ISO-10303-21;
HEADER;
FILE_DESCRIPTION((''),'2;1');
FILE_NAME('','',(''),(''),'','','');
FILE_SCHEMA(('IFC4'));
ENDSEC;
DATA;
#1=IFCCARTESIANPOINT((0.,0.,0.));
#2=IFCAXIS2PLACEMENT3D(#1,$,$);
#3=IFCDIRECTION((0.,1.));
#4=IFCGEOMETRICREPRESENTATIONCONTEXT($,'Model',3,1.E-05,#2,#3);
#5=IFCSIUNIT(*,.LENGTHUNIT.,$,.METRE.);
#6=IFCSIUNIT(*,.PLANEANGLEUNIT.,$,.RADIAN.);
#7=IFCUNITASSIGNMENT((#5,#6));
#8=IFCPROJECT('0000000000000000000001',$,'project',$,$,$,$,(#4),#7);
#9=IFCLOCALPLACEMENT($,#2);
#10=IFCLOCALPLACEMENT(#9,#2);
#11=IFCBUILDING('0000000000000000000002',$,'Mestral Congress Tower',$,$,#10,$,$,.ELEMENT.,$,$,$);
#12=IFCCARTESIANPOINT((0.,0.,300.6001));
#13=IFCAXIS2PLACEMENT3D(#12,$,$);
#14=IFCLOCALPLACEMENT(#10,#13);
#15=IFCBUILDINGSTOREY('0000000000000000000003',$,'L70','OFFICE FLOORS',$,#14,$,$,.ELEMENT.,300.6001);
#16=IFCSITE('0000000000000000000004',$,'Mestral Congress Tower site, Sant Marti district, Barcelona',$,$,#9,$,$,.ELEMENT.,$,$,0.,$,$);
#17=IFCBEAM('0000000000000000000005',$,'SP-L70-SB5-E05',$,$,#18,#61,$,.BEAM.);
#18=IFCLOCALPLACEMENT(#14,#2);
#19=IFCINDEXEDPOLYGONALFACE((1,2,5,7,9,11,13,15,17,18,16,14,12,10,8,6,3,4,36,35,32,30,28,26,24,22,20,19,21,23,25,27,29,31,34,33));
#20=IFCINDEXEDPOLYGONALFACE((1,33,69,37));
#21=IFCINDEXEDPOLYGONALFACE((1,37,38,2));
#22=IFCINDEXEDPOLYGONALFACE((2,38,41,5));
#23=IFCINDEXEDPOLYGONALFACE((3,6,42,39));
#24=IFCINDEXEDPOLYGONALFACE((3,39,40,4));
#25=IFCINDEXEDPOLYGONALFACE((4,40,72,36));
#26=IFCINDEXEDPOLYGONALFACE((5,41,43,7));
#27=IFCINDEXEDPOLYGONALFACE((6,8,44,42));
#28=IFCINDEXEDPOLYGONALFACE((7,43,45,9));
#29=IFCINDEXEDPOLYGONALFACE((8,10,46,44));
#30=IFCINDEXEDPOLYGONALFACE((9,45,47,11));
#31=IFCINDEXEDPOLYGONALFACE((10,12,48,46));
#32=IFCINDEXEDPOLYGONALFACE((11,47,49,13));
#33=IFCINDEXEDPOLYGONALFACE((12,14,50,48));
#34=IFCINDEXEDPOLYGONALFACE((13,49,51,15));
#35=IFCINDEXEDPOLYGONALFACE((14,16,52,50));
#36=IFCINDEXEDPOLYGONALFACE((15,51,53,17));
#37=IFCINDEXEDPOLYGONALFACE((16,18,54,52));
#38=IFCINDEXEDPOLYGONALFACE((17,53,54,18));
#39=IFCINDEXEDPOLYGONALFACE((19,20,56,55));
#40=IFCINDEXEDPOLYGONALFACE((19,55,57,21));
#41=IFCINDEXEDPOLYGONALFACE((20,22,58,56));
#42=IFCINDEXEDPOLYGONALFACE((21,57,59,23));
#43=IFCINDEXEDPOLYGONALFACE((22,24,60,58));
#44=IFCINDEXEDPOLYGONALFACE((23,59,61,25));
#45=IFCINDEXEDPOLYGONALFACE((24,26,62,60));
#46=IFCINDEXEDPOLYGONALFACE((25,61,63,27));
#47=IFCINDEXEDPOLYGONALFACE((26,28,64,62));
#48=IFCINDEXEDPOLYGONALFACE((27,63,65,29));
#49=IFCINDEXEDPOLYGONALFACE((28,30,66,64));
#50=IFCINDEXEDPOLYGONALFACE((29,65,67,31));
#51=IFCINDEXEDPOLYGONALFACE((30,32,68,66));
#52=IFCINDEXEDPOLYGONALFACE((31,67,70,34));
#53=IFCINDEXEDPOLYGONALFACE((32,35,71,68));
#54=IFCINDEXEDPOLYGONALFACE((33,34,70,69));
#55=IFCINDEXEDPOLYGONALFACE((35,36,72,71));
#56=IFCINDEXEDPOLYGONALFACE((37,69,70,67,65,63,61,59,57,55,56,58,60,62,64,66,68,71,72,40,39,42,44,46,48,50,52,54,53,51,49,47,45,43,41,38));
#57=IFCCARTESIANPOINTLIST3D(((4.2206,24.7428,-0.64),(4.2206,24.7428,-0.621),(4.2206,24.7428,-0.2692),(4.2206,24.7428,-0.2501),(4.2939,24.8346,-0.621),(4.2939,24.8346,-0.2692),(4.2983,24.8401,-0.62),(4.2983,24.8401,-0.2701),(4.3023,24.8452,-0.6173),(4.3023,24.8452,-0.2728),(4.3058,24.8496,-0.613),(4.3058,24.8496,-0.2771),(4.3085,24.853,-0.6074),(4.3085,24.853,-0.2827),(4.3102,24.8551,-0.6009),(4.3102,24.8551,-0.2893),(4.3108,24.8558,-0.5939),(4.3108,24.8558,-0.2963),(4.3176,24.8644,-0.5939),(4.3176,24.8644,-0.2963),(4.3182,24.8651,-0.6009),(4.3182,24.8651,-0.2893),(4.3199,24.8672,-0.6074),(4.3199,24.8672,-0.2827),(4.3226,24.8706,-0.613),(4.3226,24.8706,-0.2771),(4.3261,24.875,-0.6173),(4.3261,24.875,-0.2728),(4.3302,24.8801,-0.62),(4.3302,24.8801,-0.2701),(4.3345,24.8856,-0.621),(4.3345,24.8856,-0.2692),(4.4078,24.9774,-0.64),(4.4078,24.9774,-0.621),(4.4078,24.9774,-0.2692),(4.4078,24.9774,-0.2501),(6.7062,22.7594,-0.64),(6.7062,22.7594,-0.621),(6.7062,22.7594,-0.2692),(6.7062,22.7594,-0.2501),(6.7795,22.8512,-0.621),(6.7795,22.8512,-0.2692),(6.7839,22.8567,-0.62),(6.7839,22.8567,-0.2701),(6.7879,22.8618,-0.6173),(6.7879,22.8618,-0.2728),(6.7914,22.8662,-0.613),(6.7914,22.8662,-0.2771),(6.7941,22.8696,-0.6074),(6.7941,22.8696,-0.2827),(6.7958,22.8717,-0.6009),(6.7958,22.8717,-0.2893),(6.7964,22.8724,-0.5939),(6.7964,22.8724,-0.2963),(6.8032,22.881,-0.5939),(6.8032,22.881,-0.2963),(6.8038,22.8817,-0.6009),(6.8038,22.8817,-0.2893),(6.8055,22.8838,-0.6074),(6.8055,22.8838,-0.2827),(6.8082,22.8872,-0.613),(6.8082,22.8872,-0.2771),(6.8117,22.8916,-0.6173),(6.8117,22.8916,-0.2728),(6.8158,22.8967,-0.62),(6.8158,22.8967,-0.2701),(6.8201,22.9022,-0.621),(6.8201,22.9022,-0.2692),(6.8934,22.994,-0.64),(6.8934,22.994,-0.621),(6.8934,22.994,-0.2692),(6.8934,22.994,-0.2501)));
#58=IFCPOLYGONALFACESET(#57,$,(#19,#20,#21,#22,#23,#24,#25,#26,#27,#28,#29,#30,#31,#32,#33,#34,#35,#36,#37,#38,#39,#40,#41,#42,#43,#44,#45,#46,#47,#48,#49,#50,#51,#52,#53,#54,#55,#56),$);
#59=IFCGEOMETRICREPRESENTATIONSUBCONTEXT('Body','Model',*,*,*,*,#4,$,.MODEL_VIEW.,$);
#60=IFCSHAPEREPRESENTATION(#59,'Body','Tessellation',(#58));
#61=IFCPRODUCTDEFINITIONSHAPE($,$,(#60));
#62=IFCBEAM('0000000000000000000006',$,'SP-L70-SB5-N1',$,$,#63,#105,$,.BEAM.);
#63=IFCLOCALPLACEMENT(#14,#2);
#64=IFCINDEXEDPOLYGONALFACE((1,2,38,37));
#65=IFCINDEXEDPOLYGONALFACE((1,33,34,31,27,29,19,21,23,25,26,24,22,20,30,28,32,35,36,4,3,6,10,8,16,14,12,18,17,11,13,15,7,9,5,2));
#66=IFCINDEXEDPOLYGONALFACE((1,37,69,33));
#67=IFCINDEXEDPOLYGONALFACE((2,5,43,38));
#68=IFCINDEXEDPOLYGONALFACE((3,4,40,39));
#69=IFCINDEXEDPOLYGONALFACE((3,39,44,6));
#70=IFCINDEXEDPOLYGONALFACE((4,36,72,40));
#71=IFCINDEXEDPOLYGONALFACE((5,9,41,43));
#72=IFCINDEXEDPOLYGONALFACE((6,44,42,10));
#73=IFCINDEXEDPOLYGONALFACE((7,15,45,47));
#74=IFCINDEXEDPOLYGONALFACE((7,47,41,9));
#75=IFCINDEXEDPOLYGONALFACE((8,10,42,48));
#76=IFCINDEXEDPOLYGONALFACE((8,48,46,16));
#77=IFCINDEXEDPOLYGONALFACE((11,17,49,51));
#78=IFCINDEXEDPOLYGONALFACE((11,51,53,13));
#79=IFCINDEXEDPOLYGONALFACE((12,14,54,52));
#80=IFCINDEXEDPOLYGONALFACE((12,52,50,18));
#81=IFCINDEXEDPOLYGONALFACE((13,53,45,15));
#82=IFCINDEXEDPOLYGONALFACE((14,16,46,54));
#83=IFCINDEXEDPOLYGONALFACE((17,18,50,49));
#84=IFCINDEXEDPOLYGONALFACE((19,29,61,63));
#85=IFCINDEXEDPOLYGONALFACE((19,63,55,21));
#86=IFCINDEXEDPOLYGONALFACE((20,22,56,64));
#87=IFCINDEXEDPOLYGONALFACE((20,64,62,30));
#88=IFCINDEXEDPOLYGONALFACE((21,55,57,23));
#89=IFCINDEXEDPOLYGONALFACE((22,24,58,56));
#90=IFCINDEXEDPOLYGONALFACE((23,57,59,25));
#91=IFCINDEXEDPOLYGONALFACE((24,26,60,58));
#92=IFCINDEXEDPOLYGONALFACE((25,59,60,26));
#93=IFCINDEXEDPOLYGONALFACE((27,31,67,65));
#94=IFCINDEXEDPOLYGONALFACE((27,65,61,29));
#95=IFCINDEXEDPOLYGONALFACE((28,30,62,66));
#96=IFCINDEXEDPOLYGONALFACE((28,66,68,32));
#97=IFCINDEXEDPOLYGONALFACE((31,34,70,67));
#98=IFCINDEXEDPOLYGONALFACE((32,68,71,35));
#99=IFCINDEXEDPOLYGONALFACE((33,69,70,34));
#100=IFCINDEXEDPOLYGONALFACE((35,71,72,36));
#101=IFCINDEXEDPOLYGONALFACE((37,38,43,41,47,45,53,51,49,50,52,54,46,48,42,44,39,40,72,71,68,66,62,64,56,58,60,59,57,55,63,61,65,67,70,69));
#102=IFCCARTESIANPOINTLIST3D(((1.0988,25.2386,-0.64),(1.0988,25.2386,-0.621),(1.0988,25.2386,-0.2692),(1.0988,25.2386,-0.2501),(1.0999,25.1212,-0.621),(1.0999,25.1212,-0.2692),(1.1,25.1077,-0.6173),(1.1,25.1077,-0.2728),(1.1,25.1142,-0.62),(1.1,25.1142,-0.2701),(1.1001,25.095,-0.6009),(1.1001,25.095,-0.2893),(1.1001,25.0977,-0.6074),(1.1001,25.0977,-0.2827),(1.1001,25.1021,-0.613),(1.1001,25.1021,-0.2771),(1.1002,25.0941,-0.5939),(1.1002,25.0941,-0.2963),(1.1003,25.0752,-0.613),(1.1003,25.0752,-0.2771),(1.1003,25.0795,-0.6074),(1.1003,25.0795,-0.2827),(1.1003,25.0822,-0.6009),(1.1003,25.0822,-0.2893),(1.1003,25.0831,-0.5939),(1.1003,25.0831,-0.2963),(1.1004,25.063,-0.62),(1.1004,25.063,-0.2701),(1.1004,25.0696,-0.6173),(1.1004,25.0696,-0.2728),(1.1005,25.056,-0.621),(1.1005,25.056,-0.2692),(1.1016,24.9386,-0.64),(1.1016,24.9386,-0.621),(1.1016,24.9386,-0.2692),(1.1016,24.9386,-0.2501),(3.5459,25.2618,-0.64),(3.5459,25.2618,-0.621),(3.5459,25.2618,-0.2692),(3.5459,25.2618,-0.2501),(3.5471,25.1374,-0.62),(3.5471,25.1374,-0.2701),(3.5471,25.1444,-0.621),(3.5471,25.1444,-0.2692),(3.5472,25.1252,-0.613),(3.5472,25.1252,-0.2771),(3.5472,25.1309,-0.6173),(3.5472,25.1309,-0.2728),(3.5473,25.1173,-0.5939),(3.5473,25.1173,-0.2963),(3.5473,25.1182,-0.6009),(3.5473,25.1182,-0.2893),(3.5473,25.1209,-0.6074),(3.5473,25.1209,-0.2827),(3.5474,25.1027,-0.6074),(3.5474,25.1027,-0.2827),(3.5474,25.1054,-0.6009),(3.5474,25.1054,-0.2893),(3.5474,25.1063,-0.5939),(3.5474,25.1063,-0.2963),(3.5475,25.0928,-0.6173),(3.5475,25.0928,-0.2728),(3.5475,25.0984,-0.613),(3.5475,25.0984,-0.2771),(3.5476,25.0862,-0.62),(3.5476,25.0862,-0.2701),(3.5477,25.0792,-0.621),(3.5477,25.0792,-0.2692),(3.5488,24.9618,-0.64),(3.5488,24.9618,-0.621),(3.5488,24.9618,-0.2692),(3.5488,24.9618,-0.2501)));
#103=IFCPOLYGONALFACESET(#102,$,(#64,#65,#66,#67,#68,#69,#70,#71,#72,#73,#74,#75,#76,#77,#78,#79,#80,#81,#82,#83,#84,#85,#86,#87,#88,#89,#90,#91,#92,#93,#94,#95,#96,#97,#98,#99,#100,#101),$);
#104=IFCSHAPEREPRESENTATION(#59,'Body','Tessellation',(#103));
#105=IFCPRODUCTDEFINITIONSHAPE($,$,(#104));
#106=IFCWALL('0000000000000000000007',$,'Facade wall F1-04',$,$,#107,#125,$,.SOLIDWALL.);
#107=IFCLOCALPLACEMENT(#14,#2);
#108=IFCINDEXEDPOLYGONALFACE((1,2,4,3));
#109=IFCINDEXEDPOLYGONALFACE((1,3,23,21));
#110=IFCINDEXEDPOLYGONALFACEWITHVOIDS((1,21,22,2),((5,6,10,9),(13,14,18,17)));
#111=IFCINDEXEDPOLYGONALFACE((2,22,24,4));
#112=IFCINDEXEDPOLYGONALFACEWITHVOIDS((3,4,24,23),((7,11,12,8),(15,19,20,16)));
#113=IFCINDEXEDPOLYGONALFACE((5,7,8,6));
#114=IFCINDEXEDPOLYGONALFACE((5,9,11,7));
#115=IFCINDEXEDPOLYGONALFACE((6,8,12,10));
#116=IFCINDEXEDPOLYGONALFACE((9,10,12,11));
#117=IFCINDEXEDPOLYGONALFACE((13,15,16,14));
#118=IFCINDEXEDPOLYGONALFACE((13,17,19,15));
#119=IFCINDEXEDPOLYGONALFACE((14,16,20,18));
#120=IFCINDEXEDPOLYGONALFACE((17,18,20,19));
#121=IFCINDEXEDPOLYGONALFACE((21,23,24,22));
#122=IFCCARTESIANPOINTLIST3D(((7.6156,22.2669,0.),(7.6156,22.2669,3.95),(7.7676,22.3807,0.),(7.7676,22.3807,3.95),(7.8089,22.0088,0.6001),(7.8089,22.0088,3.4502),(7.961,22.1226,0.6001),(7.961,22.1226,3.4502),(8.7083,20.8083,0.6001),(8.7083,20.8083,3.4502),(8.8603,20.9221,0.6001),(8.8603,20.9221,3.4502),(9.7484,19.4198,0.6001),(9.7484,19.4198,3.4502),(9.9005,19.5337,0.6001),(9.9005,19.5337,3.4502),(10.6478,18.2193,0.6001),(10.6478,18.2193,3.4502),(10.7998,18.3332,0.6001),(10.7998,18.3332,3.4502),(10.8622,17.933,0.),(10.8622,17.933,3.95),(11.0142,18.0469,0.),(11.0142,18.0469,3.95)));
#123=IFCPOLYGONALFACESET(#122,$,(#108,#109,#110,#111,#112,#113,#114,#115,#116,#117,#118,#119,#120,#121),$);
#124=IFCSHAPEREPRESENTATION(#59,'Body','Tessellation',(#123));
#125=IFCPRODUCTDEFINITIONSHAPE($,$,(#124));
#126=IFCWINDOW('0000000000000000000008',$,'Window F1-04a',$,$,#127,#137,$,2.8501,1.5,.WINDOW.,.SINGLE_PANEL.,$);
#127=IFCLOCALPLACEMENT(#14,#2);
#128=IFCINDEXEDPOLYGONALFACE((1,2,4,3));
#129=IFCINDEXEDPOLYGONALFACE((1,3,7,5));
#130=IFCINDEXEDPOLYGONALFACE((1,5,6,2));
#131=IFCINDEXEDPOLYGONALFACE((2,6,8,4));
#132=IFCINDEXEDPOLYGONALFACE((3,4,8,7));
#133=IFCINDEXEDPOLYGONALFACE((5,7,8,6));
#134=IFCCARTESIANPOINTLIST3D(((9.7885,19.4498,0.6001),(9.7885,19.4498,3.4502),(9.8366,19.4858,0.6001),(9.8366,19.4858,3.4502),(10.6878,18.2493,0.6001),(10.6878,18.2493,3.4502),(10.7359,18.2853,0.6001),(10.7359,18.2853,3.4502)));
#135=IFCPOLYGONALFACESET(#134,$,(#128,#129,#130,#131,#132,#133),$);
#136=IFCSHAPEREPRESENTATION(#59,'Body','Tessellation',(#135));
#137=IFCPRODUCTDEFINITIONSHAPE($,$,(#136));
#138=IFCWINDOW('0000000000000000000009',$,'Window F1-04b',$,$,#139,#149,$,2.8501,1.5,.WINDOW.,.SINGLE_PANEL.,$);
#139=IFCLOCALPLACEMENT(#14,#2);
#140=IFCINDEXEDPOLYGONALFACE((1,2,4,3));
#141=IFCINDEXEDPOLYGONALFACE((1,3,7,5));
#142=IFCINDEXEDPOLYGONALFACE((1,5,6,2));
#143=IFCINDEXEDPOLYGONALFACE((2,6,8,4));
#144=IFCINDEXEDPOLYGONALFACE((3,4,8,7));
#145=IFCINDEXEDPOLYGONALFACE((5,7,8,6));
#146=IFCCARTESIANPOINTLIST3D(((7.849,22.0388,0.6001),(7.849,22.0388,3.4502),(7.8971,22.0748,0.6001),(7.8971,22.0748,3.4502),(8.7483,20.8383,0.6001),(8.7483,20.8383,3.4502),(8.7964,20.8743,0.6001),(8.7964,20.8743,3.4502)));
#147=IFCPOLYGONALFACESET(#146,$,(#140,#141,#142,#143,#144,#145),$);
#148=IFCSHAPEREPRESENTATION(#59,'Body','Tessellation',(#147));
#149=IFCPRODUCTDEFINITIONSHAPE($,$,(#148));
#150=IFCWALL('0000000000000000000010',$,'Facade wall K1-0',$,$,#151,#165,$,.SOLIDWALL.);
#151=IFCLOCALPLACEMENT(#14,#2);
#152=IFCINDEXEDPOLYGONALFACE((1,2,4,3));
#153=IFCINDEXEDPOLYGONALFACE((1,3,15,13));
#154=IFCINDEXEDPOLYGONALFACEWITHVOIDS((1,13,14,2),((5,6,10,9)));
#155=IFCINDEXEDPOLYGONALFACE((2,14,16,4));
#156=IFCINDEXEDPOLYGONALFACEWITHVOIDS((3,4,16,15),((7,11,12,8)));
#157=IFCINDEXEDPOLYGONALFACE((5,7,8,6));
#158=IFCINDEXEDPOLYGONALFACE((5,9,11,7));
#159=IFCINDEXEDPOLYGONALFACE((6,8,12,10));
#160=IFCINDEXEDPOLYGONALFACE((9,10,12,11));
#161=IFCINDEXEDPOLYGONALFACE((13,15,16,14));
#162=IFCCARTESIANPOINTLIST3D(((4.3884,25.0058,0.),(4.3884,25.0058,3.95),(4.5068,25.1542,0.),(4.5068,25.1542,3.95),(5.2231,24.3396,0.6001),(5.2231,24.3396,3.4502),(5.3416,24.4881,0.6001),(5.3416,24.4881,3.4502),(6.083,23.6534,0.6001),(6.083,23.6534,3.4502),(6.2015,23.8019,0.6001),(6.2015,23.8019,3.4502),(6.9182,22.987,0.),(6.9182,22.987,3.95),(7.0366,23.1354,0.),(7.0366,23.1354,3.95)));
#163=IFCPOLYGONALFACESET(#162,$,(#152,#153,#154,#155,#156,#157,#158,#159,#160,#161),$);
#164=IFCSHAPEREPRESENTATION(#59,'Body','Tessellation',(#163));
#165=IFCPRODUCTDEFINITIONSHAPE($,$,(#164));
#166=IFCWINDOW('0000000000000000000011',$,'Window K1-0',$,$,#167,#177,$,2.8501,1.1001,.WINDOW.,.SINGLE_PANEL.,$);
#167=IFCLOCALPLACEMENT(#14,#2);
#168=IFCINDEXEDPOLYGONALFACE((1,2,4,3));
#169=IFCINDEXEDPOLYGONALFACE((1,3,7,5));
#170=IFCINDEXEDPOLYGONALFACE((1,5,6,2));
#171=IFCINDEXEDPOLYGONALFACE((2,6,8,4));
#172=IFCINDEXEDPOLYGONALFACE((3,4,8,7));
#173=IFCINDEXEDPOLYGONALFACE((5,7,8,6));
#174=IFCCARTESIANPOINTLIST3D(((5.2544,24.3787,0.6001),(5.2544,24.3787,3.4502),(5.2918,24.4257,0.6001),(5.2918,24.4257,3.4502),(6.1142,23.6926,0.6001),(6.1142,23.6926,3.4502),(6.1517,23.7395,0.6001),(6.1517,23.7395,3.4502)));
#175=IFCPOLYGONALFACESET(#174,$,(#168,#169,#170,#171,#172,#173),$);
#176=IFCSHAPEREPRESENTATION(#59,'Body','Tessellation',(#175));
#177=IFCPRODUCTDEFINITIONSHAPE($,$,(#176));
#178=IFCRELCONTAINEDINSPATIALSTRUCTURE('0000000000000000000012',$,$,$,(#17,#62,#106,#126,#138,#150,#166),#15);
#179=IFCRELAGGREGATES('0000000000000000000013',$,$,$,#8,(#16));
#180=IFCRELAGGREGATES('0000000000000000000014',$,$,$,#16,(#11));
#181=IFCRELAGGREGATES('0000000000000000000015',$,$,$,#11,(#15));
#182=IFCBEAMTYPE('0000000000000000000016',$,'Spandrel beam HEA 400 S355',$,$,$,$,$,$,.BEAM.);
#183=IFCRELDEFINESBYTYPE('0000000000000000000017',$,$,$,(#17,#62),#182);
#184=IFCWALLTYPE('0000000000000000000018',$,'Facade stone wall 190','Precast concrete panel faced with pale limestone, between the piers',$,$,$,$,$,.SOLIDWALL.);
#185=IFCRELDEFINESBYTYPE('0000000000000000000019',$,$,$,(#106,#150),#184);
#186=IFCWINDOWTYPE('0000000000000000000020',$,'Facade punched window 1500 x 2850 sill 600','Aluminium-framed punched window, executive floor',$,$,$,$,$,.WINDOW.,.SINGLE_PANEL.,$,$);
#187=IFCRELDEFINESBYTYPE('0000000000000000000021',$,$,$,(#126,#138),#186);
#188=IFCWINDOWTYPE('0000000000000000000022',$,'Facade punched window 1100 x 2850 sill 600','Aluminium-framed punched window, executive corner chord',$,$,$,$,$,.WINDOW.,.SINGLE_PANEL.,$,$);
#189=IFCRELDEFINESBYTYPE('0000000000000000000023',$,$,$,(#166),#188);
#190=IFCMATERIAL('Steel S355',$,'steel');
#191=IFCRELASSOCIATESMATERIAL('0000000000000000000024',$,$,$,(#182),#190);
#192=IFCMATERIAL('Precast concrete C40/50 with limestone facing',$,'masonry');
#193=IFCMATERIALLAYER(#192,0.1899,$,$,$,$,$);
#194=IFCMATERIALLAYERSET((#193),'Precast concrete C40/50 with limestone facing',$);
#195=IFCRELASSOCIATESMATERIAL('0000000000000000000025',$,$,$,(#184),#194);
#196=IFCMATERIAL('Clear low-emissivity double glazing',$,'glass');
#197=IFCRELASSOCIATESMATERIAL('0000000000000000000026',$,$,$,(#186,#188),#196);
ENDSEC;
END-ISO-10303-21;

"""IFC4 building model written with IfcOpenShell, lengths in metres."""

from ifc_helpers import new_model, si_unit, direction, frame, frame_2d, origin, origin_2d, place, context, subcontext, project, spatial, rectangle, i_section, extrude, material, layer, layer_set, material_profile, profile_set, type_object, element, fill, save


model = new_model("IFC4")

# Units and contexts
model_context = context("Model", 3, precision=1e-05, world=origin(), true_north=direction((0.0, 1.0)))
body_context = subcontext(model_context, "Body", "Model", "MODEL_VIEW")
ifc_project = project(units=[si_unit("LENGTHUNIT", "METRE"), si_unit("PLANEANGLEUNIT", "RADIAN")], contexts=[model_context])

# Site, building, storey
site_placement = place(None, origin())
site = spatial("IfcSite", under=ifc_project, at=site_placement, Name="Mestral Congress Tower site, Sant Marti district, Barcelona", CompositionType="ELEMENT", RefElevation=0.0)
building_placement = place(site_placement, origin())
building = spatial("IfcBuilding", under=site, at=building_placement, Name="Mestral Congress Tower", CompositionType="ELEMENT")
storey_placement = place(building_placement, frame((0.0, 0.0, 300.6001)))
storey = spatial("IfcBuildingStorey", under=building, at=storey_placement, Name="L70", Description="OFFICE FLOORS", CompositionType="ELEMENT", Elevation=300.6001)

# Beams
ifc_material_1 = material(Name="Steel S355", Category="steel")
ifc_material_profile_1 = material_profile(ifc_material_1, i_section(OverallWidth=0.3, OverallDepth=0.3899, WebThickness=0.011, FlangeThickness=0.019, FilletRadius=0.0271, at=origin_2d()), Name="HEA 400")
ifc_profile_set_1 = profile_set([ifc_material_profile_1], Name="Steel S355")
beam_type_1 = type_object("IfcBeamType", Name="Spandrel beam HEA 400 S355", PredefinedType="BEAM", material=ifc_profile_set_1)
beam_1_placement = place(storey_placement, frame((6.7998, 22.8767, -0.4451), z_axis=(-0.781647, 0.623721, 0.0), x_axis=(-0.623721, -0.781647, 0.0)))
element("IfcBeam", 1, at=beam_1_placement, inside=storey, type_object=beam_type_1, Name="SP-L70-SB5-E05", PredefinedType="BEAM", context=body_context, shape_type="SweptSolid", body=[
    extrude(i_section(OverallWidth=0.3, OverallDepth=0.3899, WebThickness=0.011, FlangeThickness=0.019, FilletRadius=0.0271, at=origin_2d()), origin(), (0.0, 0.0, 1.0), 3.1799),
])
beam_2_placement = place(storey_placement, frame((3.5474, 25.1118, -0.4451), z_axis=(-0.999955, -0.009477, 0.0), x_axis=(0.009477, -0.999955, 0.0)))
element("IfcBeam", 2, at=beam_2_placement, inside=storey, type_object=beam_type_1, Name="SP-L70-SB5-N1", PredefinedType="BEAM", context=body_context, shape_type="SweptSolid", body=[
    extrude(i_section(OverallWidth=0.3, OverallDepth=0.3899, WebThickness=0.011, FlangeThickness=0.019, FilletRadius=0.0271, at=origin_2d()), origin(), (0.0, 0.0, 1.0), 2.4473),
])

# Wall, openings, windows
ifc_material_2 = material(Name="Precast concrete C40/50 with limestone facing", Category="masonry")
ifc_layer_1 = layer(ifc_material_2, 0.1899)
ifc_layer_set_1 = layer_set([ifc_layer_1], Name="Precast concrete C40/50 with limestone facing")
wall_type_1 = type_object("IfcWallType", Name="Facade stone wall 190", Description="Precast concrete panel faced with pale limestone, between the piers", PredefinedType="SOLIDWALL", material=ifc_layer_set_1)
wall_1_placement = place(storey_placement, frame((10.9382, 17.99, 0.0), z_axis=(0.0, 0.0, 1.0), x_axis=(-0.59956, 0.80033, 0.0)))
wall_1 = element("IfcWall", 3, at=wall_1_placement, inside=storey, type_object=wall_type_1, Name="Facade wall F1-04", PredefinedType="SOLIDWALL", context=body_context, shape_type="SweptSolid", body=[
    extrude(rectangle(XDim=5.415, YDim=0.1899, at=frame_2d((2.7075, 0.0))), origin(), (0.0, 0.0, 1.0), 3.95),
])
opening_1_placement = place(wall_1_placement, frame((0.3577, 0.0, 0.6001)))
opening_1 = element("IfcOpeningElement", 4, at=opening_1_placement, cuts=wall_1, PredefinedType="OPENING", context=body_context, shape_type="SweptSolid", body=[
    extrude(rectangle(XDim=1.5, YDim=2.8501, at=frame_2d((0.75, 1.425))), frame((0.0, 0.105, 0.0), z_axis=(0.0, -1.0, 0.0), x_axis=(1.0, 0.0, 0.0)), (0.0, 0.0, 1.0), 0.21),
])
opening_2_placement = place(wall_1_placement, frame((3.5925, 0.0, 0.6001)))
opening_2 = element("IfcOpeningElement", 5, at=opening_2_placement, cuts=wall_1, PredefinedType="OPENING", context=body_context, shape_type="SweptSolid", body=[
    extrude(rectangle(XDim=1.5, YDim=2.8501, at=frame_2d((0.75, 1.425))), frame((0.0, 0.105, 0.0), z_axis=(0.0, -1.0, 0.0), x_axis=(1.0, 0.0, 0.0)), (0.0, 0.0, 1.0), 0.21),
])
ifc_material_3 = material(Name="Clear low-emissivity double glazing", Category="glass")
window_type_1 = type_object("IfcWindowType", Name="Facade punched window 1500 x 2850 sill 600", Description="Aluminium-framed punched window, executive floor", PartitioningType="SINGLE_PANEL", PredefinedType="WINDOW", material=ifc_material_3)
window_1_placement = place(opening_1_placement, origin())
window_1 = element("IfcWindow", 6, at=window_1_placement, inside=storey, type_object=window_type_1, Name="Window F1-04a", OverallHeight=2.8501, OverallWidth=1.5, PartitioningType="SINGLE_PANEL", PredefinedType="WINDOW", context=body_context, shape_type="SweptSolid", body=[
    extrude(rectangle(XDim=1.5, YDim=2.8501, at=frame_2d((0.75, 1.425))), frame((0.0, 0.0449, 0.0), z_axis=(0.0, -1.0, 0.0), x_axis=(1.0, 0.0, 0.0)), (0.0, 0.0, 1.0), 0.0601),
])
fill(opening_1, window_1)
window_2_placement = place(opening_2_placement, origin())
window_2 = element("IfcWindow", 7, at=window_2_placement, inside=storey, type_object=window_type_1, Name="Window F1-04b", OverallHeight=2.8501, OverallWidth=1.5, PartitioningType="SINGLE_PANEL", PredefinedType="WINDOW", context=body_context, shape_type="SweptSolid", body=[
    extrude(rectangle(XDim=1.5, YDim=2.8501, at=frame_2d((0.75, 1.425))), frame((0.0, 0.0449, 0.0), z_axis=(0.0, -1.0, 0.0), x_axis=(1.0, 0.0, 0.0)), (0.0, 0.0, 1.0), 0.0601),
])
fill(opening_2, window_2)

# Wall, opening, window
wall_2_placement = place(storey_placement, frame((6.9773, 23.0613, 0.0), z_axis=(0.0, 0.0, 1.0), x_axis=(-0.781626, 0.623747, 0.0)))
wall_2 = element("IfcWall", 8, at=wall_2_placement, inside=storey, type_object=wall_type_1, Name="Facade wall K1-0", PredefinedType="SOLIDWALL", context=body_context, shape_type="SweptSolid", body=[
    extrude(rectangle(XDim=3.2366, YDim=0.1899, at=frame_2d((1.6182, 0.0))), origin(), (0.0, 0.0, 1.0), 3.95),
])
opening_3_placement = place(wall_2_placement, frame((1.0684, 0.0, 0.6001)))
opening_3 = element("IfcOpeningElement", 9, at=opening_3_placement, cuts=wall_2, PredefinedType="OPENING", context=body_context, shape_type="SweptSolid", body=[
    extrude(rectangle(XDim=1.1001, YDim=2.8501, at=frame_2d((0.55, 1.425))), frame((0.0, 0.105, 0.0), z_axis=(0.0, -1.0, 0.0), x_axis=(1.0, 0.0, 0.0)), (0.0, 0.0, 1.0), 0.21),
])
window_type_2 = type_object("IfcWindowType", Name="Facade punched window 1100 x 2850 sill 600", Description="Aluminium-framed punched window, executive corner chord", PartitioningType="SINGLE_PANEL", PredefinedType="WINDOW", material=ifc_material_3)
window_3_placement = place(opening_3_placement, origin())
window_3 = element("IfcWindow", 10, at=window_3_placement, inside=storey, type_object=window_type_2, Name="Window K1-0", OverallHeight=2.8501, OverallWidth=1.1001, PartitioningType="SINGLE_PANEL", PredefinedType="WINDOW", context=body_context, shape_type="SweptSolid", body=[
    extrude(rectangle(XDim=1.1001, YDim=2.8501, at=frame_2d((0.55, 1.425))), frame((0.0, 0.0449, 0.0), z_axis=(0.0, -1.0, 0.0), x_axis=(1.0, 0.0, 0.0)), (0.0, 0.0, 1.0), 0.0601),
])
fill(opening_3, window_3)

save(model, "model.ifc")
